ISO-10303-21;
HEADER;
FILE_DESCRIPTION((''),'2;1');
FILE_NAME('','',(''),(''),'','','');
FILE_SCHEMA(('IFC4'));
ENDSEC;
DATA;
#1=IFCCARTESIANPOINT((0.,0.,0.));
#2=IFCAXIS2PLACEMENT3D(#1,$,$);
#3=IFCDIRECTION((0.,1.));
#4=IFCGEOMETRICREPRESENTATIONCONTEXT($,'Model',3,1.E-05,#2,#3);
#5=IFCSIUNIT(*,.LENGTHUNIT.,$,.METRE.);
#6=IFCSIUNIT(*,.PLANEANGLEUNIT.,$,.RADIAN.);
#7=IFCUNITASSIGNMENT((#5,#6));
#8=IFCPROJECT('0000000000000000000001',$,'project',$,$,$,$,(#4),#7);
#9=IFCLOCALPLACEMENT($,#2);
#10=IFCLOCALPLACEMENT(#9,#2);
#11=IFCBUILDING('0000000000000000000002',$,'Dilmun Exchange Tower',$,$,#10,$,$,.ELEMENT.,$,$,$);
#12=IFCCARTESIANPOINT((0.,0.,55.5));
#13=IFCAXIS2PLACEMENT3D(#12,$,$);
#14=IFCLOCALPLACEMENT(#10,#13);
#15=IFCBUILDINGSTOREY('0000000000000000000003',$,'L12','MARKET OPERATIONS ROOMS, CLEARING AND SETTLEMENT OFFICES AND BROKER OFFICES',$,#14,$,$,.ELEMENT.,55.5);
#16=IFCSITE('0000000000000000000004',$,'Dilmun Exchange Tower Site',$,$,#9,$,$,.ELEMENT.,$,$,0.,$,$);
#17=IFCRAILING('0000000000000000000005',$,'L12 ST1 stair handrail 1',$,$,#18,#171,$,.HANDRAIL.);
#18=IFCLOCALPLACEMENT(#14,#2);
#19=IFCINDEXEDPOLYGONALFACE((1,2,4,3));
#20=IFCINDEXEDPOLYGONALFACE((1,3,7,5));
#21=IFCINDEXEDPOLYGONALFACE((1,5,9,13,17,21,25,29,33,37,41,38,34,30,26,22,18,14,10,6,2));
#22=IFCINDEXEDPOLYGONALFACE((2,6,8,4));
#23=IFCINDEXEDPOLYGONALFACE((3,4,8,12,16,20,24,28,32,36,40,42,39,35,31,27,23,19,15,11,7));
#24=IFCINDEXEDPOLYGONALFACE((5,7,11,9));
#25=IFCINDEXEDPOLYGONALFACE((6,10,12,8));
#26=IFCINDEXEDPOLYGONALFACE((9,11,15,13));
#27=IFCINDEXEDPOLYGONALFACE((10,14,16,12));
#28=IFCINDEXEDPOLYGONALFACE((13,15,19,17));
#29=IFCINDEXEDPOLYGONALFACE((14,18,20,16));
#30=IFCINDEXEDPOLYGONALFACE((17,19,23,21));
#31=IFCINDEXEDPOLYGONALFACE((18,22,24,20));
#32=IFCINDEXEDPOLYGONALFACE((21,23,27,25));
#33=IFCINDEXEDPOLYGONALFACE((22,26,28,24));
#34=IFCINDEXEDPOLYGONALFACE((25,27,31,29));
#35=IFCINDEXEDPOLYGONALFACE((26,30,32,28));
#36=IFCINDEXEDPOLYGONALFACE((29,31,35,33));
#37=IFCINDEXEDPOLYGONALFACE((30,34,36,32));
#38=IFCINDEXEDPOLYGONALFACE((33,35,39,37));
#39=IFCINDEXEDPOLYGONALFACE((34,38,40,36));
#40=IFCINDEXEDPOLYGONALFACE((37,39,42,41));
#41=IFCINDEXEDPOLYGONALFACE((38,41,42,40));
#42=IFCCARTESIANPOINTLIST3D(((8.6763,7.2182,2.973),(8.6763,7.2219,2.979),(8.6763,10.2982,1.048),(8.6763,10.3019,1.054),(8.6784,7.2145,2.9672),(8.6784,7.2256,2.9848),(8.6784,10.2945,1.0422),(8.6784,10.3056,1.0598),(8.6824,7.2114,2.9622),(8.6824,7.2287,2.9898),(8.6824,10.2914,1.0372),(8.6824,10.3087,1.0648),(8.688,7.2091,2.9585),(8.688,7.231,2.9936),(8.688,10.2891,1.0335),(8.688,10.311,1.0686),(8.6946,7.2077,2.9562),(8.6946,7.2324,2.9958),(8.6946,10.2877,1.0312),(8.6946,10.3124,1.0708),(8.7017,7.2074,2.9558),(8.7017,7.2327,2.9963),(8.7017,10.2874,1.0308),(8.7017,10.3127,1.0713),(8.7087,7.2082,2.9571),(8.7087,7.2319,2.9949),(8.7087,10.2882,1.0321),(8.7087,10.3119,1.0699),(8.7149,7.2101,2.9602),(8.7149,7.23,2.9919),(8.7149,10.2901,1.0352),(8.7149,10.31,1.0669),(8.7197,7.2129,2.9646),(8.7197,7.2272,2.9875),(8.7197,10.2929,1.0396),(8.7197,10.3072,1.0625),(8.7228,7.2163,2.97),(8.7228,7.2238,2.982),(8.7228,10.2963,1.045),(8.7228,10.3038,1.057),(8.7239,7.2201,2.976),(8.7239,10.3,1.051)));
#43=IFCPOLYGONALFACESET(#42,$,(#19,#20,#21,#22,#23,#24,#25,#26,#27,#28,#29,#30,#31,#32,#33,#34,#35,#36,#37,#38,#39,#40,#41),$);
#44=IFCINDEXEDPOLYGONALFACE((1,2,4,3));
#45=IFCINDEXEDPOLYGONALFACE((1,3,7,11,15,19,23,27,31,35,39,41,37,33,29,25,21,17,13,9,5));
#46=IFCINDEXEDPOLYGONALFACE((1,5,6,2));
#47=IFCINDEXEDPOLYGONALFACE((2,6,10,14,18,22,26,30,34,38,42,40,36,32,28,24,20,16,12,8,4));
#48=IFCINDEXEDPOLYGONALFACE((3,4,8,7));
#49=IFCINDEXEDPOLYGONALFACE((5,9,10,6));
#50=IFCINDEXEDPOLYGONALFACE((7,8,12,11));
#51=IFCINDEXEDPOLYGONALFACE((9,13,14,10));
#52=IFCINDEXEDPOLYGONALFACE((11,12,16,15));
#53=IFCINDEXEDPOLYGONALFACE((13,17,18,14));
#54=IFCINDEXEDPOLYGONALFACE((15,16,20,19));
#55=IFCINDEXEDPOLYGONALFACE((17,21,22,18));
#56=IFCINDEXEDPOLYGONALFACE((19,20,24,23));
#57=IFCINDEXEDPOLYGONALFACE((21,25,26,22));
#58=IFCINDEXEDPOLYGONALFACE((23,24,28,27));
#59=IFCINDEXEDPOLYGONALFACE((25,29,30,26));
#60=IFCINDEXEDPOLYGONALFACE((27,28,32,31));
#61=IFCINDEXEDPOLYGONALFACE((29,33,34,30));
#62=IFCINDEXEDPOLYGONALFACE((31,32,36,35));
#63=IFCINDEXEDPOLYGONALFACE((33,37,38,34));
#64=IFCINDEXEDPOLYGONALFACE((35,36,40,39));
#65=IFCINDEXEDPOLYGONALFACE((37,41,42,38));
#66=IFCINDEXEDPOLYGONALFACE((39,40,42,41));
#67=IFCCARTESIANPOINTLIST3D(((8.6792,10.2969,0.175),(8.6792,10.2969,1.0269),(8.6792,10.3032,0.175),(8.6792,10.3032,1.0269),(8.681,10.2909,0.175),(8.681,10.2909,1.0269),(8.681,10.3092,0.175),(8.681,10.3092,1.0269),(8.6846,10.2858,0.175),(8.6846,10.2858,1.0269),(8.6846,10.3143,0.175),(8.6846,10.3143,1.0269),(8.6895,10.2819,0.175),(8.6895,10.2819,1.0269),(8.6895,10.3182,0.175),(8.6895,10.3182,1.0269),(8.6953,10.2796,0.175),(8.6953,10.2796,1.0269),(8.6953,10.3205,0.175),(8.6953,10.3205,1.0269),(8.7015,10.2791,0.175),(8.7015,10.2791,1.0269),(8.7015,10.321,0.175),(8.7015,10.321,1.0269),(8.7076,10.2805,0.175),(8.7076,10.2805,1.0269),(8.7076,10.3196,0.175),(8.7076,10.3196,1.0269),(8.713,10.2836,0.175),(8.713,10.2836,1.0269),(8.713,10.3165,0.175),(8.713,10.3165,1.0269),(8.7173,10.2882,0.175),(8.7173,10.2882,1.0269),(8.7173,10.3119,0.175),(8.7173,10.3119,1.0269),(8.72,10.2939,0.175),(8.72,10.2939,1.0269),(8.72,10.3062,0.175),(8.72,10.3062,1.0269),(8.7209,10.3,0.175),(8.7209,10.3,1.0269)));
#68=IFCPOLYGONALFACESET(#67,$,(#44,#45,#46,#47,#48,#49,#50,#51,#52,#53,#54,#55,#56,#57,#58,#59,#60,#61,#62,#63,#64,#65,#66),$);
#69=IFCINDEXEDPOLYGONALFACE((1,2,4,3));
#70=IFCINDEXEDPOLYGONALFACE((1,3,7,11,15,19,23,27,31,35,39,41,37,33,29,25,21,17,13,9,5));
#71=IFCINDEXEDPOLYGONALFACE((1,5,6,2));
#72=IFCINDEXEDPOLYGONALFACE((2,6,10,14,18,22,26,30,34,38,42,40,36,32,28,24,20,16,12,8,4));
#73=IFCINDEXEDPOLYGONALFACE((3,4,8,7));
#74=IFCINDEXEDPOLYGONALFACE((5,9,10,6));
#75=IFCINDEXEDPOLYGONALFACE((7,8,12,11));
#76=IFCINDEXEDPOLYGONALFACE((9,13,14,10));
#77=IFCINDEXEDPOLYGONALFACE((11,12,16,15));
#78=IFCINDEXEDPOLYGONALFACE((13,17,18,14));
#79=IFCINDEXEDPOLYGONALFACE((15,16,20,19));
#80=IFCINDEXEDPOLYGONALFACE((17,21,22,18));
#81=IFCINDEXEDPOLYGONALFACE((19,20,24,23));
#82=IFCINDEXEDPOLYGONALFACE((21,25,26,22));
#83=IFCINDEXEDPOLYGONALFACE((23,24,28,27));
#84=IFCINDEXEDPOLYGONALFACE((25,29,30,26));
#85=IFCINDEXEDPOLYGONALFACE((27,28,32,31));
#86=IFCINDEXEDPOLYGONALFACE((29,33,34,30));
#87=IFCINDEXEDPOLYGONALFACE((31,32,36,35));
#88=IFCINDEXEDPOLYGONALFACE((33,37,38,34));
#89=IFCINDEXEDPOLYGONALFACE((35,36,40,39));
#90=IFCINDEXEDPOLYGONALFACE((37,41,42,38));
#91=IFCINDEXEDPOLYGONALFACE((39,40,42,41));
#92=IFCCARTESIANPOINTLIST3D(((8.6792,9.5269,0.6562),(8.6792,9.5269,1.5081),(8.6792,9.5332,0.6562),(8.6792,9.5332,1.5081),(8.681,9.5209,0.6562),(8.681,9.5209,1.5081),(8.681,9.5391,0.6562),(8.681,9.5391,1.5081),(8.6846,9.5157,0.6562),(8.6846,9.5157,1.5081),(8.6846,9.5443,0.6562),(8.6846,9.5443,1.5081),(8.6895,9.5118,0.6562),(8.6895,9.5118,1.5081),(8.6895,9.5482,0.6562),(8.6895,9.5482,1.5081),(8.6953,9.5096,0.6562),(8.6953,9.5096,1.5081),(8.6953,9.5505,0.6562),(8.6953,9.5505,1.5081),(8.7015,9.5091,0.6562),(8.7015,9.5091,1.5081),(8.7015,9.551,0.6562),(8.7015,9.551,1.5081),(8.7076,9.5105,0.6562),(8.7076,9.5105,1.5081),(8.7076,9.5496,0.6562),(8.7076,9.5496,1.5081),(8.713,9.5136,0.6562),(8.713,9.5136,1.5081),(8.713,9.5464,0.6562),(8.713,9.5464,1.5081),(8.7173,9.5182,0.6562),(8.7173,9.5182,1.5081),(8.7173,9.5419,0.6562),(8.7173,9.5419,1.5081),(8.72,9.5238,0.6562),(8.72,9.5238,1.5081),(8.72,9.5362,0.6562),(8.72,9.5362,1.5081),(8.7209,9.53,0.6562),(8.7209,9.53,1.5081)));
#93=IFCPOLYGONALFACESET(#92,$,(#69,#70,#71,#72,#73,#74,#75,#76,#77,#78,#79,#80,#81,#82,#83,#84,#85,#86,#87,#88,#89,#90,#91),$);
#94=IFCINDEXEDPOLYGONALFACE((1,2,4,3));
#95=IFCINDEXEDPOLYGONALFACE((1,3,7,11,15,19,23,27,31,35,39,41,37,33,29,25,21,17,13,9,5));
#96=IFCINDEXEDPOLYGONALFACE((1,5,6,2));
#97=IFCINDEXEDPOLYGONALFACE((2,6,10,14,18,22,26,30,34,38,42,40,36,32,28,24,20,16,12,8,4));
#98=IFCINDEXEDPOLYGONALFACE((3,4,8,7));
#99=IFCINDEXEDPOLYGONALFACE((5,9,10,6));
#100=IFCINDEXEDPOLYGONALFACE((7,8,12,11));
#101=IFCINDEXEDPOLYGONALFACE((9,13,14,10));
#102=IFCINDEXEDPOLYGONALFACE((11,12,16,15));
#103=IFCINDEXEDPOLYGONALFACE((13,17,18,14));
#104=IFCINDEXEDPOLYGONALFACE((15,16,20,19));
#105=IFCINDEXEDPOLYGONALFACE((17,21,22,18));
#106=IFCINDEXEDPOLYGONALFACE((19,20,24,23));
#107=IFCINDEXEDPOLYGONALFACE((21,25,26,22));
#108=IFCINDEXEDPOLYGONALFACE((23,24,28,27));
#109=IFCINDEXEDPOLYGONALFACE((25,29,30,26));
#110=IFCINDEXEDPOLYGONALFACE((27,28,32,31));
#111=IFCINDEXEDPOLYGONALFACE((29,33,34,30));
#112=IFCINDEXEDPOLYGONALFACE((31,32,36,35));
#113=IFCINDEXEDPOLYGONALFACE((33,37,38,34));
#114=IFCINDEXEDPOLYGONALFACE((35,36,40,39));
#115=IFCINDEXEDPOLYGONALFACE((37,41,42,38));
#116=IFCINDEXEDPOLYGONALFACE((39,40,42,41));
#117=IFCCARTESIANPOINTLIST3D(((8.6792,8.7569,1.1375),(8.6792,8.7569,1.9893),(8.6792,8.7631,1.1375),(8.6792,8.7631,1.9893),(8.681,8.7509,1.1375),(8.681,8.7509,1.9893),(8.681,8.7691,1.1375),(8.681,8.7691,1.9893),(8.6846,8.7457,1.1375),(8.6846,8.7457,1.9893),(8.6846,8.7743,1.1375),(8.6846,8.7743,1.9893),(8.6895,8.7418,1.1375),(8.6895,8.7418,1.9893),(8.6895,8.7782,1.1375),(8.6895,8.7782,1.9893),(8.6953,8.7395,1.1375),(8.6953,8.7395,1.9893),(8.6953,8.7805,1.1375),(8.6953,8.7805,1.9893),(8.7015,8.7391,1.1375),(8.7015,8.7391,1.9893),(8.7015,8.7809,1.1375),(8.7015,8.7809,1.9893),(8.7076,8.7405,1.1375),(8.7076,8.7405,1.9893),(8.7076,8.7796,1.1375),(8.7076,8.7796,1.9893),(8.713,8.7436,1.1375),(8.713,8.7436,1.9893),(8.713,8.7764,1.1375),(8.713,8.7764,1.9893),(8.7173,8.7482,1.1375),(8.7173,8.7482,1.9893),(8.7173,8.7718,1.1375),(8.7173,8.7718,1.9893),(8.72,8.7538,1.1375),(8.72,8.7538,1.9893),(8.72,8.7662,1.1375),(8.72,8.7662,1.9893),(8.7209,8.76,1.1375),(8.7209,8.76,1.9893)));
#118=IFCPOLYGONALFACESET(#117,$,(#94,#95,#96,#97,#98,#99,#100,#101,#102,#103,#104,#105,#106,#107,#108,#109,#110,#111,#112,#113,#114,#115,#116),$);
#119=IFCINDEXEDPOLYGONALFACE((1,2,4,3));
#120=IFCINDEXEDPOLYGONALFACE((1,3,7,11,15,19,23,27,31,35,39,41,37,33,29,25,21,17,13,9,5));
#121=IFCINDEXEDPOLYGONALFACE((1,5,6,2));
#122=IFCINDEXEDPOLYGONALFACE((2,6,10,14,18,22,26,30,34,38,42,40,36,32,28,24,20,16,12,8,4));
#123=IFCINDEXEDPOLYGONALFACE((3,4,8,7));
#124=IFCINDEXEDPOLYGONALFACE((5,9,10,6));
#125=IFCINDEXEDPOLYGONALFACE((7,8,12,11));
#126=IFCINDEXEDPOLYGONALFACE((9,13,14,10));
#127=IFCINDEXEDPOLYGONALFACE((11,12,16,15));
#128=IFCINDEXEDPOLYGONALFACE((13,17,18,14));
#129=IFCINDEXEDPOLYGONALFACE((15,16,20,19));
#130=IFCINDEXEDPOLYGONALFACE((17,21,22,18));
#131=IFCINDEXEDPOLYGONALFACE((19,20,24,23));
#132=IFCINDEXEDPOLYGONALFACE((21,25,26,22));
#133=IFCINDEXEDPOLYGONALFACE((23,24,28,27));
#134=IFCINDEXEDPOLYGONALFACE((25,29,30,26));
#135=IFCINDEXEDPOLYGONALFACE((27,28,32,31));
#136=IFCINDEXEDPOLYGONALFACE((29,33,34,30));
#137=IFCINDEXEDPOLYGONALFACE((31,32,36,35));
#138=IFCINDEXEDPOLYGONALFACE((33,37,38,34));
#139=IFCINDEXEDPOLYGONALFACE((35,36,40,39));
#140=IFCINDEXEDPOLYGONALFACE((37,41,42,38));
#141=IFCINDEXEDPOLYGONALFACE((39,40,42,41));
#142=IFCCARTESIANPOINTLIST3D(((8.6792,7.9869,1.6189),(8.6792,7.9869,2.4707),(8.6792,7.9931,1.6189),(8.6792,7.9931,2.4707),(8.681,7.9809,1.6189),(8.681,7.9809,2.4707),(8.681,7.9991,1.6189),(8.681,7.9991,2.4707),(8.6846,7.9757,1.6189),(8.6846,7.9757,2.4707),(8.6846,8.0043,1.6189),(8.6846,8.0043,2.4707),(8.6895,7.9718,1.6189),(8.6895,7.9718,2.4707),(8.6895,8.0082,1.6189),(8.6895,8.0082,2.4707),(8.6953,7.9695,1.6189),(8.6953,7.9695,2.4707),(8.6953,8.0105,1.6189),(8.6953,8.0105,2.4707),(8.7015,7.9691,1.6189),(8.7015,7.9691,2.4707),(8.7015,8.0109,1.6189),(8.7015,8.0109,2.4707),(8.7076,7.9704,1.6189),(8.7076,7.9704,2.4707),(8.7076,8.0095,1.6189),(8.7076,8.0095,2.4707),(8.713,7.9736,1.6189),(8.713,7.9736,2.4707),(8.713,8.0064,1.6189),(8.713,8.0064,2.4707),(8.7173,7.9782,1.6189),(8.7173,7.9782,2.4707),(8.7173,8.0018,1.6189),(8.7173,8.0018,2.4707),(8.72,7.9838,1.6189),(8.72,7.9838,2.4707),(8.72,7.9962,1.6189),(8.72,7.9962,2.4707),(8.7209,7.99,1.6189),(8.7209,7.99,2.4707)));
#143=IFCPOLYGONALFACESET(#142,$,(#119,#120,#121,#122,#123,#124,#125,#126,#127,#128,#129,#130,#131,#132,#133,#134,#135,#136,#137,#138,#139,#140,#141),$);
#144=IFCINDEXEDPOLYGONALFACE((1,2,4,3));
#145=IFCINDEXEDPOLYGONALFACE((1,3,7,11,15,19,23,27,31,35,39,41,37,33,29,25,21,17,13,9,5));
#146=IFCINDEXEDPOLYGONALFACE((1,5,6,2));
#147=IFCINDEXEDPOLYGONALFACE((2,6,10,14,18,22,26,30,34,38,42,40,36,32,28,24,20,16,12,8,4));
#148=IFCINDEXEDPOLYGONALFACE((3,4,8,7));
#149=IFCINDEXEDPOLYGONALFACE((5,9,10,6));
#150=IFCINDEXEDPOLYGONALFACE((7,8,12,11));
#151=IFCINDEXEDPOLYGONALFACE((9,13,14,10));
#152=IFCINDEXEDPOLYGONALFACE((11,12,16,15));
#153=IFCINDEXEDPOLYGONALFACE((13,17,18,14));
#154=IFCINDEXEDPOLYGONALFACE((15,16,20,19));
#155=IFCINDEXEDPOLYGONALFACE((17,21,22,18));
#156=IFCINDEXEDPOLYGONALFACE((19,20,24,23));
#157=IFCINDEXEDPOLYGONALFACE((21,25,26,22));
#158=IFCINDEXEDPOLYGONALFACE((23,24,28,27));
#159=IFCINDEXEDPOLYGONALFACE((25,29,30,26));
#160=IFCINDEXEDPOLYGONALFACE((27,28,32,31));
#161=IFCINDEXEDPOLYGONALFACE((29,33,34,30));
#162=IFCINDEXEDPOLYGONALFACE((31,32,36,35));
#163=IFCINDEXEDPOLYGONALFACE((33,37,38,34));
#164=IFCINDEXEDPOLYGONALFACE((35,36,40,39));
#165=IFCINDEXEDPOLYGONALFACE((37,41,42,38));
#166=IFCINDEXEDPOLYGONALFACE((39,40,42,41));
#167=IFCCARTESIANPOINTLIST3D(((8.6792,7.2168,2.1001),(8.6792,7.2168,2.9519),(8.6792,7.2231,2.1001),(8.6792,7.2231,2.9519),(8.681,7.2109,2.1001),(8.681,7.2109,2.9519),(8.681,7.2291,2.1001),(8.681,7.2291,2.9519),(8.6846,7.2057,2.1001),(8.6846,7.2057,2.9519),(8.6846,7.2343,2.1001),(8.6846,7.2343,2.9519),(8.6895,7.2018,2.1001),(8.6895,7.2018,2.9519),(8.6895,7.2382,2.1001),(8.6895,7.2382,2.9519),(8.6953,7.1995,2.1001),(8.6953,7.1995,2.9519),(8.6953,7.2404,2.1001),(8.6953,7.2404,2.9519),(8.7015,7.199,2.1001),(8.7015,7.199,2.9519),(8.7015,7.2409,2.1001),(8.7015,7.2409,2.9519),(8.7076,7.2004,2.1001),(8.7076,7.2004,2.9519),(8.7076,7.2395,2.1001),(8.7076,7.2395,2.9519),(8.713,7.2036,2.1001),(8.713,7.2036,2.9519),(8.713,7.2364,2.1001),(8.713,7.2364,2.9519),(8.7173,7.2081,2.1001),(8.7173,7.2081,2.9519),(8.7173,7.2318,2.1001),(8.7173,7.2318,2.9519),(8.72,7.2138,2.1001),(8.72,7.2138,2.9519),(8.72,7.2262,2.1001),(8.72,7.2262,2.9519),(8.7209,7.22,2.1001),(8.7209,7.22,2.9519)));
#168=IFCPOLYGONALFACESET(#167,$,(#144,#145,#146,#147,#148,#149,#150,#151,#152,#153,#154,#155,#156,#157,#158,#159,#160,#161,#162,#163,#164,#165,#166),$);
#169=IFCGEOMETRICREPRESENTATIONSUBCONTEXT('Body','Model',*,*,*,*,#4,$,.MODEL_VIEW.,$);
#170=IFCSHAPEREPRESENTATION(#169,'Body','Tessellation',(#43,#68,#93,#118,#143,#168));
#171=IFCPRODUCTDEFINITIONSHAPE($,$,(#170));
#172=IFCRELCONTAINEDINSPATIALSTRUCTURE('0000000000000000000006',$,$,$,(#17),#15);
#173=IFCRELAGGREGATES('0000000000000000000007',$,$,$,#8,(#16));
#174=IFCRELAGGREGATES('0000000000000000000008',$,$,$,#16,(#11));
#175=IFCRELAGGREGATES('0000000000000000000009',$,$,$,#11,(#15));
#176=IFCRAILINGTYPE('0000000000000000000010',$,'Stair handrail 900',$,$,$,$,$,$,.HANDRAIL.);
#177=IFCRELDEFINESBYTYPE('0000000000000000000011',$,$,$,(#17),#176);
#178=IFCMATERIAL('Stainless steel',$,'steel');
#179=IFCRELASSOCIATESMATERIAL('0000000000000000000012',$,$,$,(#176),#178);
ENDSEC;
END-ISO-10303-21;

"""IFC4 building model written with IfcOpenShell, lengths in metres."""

from ifc_helpers import new_model, si_unit, direction, frame, origin, origin_2d, place, context, subcontext, project, spatial, circle, extrude, material, type_object, element, save


model = new_model("IFC4")

# Units and contexts
model_context = context("Model", 3, precision=1e-05, world=origin(), true_north=direction((0.0, 1.0)))
body_context = subcontext(model_context, "Body", "Model", "MODEL_VIEW")
ifc_project = project(units=[si_unit("LENGTHUNIT", "METRE"), si_unit("PLANEANGLEUNIT", "RADIAN")], contexts=[model_context])

# Site, building, storey
site_placement = place(None, origin())
site = spatial("IfcSite", under=ifc_project, at=site_placement, Name="Dilmun Exchange Tower Site", CompositionType="ELEMENT", RefElevation=0.0)
building_placement = place(site_placement, origin())
building = spatial("IfcBuilding", under=site, at=building_placement, Name="Dilmun Exchange Tower", CompositionType="ELEMENT")
storey_placement = place(building_placement, frame((0.0, 0.0, 55.5)))
storey = spatial("IfcBuildingStorey", under=building, at=storey_placement, Name="L12", Description="MARKET OPERATIONS ROOMS, CLEARING AND SETTLEMENT OFFICES AND BROKER OFFICES", CompositionType="ELEMENT", Elevation=55.5)

# Railing
ifc_material_1 = material(Name="Stainless steel", Category="steel")
railing_type = type_object("IfcRailingType", Name="Stair handrail 900", PredefinedType="HANDRAIL", material=ifc_material_1)
railing_placement = place(storey_placement, frame((8.7, 10.3, 0.175)))
element("IfcRailing", 1, at=railing_placement, inside=storey, type_object=railing_type, Name="L12 ST1 stair handrail 1", PredefinedType="HANDRAIL", context=body_context, shape_type="SweptSolid", body=[
    extrude(circle(Radius=0.0239, at=origin_2d()), frame((0.0, 0.0, 0.876), z_axis=(0.0, -0.847998, 0.529999), x_axis=(1.0, 0.0, 0.0)), (0.0, 0.0, 1.0), 3.6321),
    extrude(circle(Radius=0.021, at=origin_2d()), origin(), (0.0, 0.0, 1.0), 0.8518),
    extrude(circle(Radius=0.021, at=origin_2d()), frame((0.0, -0.77, 0.4812)), (0.0, 0.0, 1.0), 0.8518),
    extrude(circle(Radius=0.021, at=origin_2d()), frame((0.0, -1.54, 0.9624)), (0.0, 0.0, 1.0), 0.8518),
    extrude(circle(Radius=0.021, at=origin_2d()), frame((0.0, -2.3101, 1.4438)), (0.0, 0.0, 1.0), 0.8518),
    extrude(circle(Radius=0.021, at=origin_2d()), frame((0.0, -3.0801, 1.925)), (0.0, 0.0, 1.0), 0.8518),
])

save(model, "model.ifc")
